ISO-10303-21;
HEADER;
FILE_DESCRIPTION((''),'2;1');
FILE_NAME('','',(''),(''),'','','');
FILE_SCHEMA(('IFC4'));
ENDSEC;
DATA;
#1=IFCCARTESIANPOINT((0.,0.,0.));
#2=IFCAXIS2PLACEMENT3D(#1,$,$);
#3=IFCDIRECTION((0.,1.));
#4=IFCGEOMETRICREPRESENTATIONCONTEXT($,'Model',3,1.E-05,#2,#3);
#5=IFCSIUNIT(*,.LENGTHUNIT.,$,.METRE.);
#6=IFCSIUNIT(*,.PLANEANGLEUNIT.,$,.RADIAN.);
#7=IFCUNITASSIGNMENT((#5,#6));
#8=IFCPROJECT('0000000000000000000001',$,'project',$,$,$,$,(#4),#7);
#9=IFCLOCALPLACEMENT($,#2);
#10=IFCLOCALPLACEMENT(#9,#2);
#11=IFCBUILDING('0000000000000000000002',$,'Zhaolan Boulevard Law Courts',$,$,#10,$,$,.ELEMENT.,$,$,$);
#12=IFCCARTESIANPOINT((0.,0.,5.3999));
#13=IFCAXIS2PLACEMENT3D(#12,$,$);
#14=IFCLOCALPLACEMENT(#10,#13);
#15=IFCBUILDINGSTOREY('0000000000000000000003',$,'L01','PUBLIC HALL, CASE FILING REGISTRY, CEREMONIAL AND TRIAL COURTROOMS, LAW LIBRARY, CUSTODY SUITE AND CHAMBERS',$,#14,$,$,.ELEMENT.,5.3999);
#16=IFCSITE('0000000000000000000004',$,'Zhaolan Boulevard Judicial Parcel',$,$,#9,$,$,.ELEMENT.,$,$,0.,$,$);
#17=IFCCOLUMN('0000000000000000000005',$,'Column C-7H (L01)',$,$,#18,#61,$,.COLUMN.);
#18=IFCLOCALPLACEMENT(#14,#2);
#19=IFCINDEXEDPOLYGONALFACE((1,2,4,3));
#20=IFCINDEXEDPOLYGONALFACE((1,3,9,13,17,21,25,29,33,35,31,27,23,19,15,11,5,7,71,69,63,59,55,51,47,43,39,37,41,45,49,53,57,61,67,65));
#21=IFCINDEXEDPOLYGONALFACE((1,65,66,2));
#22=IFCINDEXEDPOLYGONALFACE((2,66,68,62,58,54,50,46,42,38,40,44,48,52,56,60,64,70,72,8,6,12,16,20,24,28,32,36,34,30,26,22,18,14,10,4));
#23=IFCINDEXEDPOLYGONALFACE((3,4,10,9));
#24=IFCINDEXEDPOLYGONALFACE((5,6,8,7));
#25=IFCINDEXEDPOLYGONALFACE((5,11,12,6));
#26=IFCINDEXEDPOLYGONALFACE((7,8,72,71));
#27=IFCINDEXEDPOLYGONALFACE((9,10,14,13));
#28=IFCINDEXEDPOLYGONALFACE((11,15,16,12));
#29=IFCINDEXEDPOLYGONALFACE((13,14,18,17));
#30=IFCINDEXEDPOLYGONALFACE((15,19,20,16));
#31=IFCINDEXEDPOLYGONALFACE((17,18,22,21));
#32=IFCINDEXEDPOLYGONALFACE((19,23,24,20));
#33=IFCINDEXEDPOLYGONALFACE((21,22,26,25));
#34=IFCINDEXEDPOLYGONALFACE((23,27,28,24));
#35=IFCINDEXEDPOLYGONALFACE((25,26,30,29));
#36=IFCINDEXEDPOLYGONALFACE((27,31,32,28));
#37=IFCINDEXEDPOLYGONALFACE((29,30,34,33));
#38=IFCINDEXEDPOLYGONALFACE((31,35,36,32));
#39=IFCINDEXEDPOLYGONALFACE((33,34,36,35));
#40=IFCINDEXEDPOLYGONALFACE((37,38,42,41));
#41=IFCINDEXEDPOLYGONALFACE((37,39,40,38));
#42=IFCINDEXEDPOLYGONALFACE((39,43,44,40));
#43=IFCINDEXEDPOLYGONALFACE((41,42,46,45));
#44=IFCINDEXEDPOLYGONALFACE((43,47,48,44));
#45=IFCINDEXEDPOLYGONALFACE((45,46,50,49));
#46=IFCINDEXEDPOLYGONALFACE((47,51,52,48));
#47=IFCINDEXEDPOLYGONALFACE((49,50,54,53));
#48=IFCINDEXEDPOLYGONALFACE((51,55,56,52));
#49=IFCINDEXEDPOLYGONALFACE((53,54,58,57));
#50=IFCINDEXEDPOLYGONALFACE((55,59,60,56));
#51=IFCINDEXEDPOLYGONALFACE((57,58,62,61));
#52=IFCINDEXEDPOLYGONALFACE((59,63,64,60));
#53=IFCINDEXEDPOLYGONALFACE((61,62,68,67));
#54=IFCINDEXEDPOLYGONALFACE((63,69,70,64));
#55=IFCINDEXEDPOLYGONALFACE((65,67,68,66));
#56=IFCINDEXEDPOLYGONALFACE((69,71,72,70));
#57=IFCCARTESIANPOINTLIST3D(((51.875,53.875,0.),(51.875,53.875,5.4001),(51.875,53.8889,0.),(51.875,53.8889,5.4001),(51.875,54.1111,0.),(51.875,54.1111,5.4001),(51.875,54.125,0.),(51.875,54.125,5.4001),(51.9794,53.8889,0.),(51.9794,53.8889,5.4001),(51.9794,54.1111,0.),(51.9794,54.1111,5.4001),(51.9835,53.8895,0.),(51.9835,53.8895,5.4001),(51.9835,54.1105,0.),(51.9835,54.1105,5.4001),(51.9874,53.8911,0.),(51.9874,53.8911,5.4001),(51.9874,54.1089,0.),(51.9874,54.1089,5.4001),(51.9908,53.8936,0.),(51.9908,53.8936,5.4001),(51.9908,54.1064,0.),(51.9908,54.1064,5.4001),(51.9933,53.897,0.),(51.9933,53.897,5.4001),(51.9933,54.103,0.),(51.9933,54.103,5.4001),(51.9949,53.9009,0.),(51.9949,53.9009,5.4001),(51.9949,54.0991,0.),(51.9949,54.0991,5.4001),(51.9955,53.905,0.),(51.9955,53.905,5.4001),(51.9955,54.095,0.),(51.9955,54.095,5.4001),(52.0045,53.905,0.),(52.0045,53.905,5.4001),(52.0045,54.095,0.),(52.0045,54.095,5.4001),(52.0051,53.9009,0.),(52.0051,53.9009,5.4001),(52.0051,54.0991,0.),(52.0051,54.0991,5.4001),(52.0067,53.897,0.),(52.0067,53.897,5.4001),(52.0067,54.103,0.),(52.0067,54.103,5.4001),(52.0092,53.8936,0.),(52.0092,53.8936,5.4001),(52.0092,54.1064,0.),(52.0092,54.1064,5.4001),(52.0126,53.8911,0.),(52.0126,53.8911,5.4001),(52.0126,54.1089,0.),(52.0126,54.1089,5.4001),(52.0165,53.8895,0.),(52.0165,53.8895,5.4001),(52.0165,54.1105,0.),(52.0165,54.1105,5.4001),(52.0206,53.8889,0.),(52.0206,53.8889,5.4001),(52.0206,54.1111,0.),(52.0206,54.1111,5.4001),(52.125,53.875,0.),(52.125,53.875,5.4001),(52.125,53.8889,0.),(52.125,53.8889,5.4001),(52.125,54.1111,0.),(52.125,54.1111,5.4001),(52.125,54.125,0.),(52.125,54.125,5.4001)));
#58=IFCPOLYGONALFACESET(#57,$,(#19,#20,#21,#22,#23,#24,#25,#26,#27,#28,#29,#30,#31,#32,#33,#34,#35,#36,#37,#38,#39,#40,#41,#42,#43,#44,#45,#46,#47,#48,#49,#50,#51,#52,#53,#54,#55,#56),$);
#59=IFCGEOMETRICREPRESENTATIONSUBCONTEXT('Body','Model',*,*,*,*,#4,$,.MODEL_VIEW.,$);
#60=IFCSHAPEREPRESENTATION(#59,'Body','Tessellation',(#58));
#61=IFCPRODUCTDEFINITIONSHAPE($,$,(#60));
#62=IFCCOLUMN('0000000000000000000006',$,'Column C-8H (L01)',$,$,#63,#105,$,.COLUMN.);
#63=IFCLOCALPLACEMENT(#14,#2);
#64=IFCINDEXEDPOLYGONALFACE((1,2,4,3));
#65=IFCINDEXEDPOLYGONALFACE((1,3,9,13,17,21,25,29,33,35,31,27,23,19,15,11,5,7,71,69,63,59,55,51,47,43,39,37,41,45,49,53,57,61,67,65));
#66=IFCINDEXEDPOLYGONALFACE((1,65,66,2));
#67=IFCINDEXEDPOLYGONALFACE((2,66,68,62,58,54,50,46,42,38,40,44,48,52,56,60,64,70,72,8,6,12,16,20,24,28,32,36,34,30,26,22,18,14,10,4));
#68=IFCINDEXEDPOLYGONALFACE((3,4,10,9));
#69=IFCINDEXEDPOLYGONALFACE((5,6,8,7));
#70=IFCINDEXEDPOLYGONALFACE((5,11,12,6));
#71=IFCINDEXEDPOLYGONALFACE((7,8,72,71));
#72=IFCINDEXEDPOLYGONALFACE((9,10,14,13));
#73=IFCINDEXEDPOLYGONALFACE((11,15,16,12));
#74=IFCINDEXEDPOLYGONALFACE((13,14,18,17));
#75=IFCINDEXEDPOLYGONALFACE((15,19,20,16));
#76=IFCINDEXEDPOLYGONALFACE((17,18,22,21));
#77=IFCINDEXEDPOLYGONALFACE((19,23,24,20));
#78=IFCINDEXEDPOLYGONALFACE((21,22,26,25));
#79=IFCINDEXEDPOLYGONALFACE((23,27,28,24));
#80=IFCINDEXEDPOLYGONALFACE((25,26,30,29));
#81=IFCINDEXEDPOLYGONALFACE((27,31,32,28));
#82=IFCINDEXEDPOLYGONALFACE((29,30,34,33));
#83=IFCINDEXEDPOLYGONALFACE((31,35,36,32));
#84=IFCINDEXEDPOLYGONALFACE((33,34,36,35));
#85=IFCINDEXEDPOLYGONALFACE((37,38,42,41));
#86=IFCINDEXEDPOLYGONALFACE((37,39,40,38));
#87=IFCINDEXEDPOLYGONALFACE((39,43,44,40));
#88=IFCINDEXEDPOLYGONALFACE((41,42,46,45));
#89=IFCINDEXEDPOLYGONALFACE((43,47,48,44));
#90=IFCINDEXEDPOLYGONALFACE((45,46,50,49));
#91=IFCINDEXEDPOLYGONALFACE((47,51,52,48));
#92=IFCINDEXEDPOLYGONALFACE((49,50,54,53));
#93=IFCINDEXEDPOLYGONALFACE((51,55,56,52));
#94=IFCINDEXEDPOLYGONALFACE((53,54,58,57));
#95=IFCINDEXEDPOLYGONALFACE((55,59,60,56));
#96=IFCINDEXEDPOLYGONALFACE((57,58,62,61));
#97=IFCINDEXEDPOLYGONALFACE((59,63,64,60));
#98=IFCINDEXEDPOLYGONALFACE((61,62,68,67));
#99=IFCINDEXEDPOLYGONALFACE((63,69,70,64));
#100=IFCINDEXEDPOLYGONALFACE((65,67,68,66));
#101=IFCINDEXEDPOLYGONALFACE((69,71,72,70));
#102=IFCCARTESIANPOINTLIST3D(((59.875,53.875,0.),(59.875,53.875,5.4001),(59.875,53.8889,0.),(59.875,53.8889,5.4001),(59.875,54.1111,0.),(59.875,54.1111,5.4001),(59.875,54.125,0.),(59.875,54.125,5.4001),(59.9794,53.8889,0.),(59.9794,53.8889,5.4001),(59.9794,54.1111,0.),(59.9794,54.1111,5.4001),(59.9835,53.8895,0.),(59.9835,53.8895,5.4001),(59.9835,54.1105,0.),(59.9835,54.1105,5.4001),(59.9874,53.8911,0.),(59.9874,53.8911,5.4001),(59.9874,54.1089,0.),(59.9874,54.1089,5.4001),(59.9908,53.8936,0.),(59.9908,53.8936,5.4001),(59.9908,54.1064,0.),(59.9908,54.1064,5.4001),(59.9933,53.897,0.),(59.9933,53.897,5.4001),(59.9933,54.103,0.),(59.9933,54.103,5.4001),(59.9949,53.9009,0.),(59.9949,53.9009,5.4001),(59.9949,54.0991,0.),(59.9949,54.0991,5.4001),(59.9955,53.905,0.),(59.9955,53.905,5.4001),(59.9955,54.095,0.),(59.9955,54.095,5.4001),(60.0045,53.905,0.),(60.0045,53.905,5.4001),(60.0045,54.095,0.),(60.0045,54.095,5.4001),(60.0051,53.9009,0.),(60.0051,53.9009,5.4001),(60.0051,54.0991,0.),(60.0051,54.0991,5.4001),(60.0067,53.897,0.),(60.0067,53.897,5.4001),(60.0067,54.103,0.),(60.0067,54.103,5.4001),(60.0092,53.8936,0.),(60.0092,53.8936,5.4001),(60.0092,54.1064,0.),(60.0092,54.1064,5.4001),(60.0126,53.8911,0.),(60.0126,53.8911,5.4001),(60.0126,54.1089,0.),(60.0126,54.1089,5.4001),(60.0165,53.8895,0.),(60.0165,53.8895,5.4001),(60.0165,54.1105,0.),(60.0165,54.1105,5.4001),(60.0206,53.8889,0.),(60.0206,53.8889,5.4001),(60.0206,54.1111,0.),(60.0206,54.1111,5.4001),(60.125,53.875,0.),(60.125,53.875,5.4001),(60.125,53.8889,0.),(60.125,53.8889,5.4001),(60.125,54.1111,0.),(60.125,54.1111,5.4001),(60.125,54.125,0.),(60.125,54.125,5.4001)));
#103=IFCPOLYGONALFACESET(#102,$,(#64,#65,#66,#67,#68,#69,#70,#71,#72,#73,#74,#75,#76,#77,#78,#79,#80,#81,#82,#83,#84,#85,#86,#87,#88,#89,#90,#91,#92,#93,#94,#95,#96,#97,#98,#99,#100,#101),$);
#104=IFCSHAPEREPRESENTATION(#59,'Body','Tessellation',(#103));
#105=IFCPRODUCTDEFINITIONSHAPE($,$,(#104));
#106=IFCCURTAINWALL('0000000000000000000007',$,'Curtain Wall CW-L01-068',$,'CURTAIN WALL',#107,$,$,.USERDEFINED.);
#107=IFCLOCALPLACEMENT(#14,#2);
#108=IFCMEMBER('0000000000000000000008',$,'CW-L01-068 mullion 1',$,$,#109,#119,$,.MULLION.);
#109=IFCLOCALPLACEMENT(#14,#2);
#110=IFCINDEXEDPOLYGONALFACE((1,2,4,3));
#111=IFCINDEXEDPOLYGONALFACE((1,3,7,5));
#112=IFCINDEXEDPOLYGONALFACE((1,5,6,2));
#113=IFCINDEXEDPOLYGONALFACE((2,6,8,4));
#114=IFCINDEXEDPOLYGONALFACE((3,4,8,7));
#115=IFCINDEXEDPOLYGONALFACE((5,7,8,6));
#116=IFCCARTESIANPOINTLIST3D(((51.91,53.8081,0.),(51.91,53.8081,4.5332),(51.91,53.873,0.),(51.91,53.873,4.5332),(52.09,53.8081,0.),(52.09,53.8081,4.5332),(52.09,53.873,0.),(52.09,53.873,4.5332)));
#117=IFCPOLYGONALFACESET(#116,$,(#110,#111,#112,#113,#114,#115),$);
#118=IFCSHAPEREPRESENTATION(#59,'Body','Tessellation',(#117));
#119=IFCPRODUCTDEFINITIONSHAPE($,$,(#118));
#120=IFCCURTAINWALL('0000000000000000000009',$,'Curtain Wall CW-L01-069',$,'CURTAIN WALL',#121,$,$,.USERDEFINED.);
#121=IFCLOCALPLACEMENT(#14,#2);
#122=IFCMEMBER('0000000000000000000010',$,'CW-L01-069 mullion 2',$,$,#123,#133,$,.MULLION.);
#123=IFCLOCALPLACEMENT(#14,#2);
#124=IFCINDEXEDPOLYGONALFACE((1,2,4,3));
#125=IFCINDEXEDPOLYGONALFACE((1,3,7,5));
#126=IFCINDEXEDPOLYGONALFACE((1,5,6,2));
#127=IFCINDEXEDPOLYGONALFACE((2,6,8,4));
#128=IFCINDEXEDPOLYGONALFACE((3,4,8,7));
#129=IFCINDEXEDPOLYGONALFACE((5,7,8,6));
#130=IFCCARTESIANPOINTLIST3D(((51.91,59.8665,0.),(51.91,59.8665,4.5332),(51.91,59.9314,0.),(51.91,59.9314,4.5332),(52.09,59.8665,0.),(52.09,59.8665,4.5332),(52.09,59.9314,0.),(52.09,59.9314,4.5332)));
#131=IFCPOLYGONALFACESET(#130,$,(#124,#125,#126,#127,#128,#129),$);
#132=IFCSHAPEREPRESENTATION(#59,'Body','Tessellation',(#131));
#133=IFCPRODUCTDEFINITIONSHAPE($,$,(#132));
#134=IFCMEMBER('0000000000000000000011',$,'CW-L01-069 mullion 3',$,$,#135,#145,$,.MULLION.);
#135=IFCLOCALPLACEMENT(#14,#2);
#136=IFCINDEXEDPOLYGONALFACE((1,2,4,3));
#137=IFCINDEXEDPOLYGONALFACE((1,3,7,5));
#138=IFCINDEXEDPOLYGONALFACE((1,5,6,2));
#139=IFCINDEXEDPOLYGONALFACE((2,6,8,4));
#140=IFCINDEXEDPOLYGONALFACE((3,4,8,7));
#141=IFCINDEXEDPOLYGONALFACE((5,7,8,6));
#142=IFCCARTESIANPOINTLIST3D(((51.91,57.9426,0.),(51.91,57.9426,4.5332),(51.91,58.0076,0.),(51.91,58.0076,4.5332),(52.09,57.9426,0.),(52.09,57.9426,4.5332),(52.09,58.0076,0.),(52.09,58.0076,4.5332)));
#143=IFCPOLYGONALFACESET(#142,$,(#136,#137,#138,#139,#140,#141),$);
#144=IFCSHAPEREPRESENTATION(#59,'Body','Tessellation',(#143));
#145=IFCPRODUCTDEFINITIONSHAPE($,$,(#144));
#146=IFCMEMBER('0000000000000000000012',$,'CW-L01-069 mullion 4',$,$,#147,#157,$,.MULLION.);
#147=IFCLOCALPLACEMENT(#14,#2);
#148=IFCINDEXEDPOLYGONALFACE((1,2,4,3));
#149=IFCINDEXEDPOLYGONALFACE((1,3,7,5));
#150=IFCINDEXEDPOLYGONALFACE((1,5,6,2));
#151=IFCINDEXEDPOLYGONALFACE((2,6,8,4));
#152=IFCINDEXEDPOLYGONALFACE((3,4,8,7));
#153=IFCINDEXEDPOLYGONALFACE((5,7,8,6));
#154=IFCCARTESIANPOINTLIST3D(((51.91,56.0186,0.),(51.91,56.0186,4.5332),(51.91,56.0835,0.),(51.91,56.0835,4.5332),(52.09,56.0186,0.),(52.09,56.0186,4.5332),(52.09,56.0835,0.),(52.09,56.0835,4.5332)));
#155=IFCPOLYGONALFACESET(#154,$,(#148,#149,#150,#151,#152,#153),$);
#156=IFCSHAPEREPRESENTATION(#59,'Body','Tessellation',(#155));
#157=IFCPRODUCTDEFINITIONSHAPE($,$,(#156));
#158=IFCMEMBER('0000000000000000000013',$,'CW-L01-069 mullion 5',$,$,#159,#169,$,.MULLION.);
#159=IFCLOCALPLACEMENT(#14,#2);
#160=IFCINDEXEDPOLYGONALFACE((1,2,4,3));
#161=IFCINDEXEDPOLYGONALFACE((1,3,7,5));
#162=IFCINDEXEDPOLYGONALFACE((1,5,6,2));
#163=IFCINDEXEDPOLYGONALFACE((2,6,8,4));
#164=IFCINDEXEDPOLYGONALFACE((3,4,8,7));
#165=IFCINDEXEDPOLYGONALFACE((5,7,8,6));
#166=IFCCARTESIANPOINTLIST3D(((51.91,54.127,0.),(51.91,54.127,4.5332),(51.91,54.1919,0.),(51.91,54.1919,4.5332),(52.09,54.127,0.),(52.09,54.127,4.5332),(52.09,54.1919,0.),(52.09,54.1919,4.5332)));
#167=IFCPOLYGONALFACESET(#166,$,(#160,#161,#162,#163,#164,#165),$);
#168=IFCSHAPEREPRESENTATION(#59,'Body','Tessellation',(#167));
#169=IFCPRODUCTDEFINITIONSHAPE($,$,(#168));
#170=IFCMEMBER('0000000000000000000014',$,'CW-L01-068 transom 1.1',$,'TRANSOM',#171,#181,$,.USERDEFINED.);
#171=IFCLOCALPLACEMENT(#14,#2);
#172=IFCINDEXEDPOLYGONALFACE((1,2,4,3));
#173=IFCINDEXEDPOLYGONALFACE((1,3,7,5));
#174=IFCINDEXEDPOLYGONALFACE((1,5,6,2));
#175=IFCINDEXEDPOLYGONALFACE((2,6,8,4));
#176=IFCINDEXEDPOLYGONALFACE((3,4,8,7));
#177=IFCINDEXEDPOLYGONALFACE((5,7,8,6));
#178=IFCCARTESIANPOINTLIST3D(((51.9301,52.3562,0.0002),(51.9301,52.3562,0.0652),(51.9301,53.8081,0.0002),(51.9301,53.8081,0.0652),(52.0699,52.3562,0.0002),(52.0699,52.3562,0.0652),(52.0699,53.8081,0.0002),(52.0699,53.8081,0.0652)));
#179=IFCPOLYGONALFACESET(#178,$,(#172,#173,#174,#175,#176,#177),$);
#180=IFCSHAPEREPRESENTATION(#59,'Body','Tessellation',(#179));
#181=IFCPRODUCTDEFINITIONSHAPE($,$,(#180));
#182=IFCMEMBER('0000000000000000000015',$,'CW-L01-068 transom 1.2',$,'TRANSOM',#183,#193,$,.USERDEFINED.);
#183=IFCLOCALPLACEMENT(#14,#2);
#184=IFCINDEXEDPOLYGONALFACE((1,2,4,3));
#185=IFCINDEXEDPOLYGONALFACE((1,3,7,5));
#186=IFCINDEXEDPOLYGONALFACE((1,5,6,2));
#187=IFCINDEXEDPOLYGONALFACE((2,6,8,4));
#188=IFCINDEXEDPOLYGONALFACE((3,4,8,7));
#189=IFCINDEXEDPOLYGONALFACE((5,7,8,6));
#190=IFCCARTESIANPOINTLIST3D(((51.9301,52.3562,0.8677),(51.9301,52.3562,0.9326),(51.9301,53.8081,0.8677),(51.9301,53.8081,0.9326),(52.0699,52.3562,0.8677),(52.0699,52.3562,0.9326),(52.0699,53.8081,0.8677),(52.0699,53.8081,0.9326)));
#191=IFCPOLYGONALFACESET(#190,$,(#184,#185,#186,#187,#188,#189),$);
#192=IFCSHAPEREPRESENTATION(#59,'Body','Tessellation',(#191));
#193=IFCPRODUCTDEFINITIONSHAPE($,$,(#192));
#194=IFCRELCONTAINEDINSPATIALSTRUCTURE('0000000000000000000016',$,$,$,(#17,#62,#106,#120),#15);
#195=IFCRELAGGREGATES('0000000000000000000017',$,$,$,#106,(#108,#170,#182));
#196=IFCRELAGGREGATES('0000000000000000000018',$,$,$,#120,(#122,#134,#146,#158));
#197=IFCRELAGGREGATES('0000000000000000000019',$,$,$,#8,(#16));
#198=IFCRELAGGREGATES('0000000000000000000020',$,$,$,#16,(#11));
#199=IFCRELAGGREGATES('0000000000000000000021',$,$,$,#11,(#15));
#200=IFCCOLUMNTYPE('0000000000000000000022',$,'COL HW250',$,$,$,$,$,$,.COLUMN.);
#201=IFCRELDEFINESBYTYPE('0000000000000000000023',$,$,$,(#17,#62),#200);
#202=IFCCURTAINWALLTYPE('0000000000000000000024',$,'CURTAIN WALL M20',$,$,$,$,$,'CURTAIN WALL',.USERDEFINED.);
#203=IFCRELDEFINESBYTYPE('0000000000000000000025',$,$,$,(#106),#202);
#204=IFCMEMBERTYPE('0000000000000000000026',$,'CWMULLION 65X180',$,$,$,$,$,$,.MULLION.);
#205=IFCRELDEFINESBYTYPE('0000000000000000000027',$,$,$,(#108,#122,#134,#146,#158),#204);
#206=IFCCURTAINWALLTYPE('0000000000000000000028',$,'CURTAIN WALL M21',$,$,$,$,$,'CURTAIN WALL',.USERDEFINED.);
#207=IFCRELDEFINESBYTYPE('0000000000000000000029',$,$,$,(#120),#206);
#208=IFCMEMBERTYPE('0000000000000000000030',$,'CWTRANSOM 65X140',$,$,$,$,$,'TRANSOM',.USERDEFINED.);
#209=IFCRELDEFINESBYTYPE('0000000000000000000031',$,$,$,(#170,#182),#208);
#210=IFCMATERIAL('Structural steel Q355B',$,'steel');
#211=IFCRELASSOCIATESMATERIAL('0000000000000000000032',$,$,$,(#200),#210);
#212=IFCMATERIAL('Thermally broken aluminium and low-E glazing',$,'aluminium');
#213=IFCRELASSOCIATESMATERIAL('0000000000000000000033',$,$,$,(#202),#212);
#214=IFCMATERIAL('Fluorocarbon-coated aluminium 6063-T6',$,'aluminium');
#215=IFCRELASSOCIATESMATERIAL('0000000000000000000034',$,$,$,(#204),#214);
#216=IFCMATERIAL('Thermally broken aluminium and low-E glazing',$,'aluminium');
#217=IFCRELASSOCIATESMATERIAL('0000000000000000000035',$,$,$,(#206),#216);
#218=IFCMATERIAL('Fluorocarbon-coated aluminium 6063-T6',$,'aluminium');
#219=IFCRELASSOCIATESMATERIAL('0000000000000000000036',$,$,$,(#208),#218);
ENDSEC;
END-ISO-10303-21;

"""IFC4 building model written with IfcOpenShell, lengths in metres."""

from ifc_helpers import new_model, si_unit, direction, frame, origin, origin_2d, place, context, subcontext, project, spatial, rectangle, i_section, extrude, material, material_profile, profile_set, type_object, element, aggregate, save


model = new_model("IFC4")

# Units and contexts
model_context = context("Model", 3, precision=1e-05, world=origin(), true_north=direction((0.0, 1.0)))
body_context = subcontext(model_context, "Body", "Model", "MODEL_VIEW")
ifc_project = project(units=[si_unit("LENGTHUNIT", "METRE"), si_unit("PLANEANGLEUNIT", "RADIAN")], contexts=[model_context])

# Site, building, storey
site_placement = place(None, origin())
site = spatial("IfcSite", under=ifc_project, at=site_placement, Name="Zhaolan Boulevard Judicial Parcel", CompositionType="ELEMENT", RefElevation=0.0)
building_placement = place(site_placement, origin())
building = spatial("IfcBuilding", under=site, at=building_placement, Name="Zhaolan Boulevard Law Courts", CompositionType="ELEMENT")
storey_placement = place(building_placement, frame((0.0, 0.0, 5.3999)))
storey = spatial("IfcBuildingStorey", under=building, at=storey_placement, Name="L01", Description="PUBLIC HALL, CASE FILING REGISTRY, CEREMONIAL AND TRIAL COURTROOMS, LAW LIBRARY, CUSTODY SUITE AND CHAMBERS", CompositionType="ELEMENT", Elevation=5.3999)

# Columns
ifc_material_1 = material(Name="Structural steel Q355B", Category="steel")
ifc_material_profile_1 = material_profile(ifc_material_1, i_section(OverallWidth=0.25, OverallDepth=0.25, WebThickness=0.009, FlangeThickness=0.0139, FilletRadius=0.0161, at=origin_2d()), Name="HW250x250")
ifc_profile_set_1 = profile_set([ifc_material_profile_1], Name="Structural steel Q355B")
column_type = type_object("IfcColumnType", Name="COL HW250", PredefinedType="COLUMN", material=ifc_profile_set_1)
for number, where, z_axis, x_axis, name in (
    (1, (52.0, 54.0, 0.0), (0.0, 0.0, 1.0), (1.0, 0.0, 0.0), "Column C-7H (L01)"),
    (2, (60.0, 54.0, 0.0), (0.0, 0.0, 1.0), (1.0, 0.0, 0.0), "Column C-8H (L01)"),
):
    element("IfcColumn", number, at=place(storey_placement, frame(where, z_axis=z_axis, x_axis=x_axis)), inside=storey, type_object=column_type, Name=name, PredefinedType="COLUMN", context=body_context, shape_type="SweptSolid", body=[
        extrude(i_section(OverallWidth=0.25, OverallDepth=0.25, WebThickness=0.009, FlangeThickness=0.0139, FilletRadius=0.0161, at=origin_2d()), origin(), (0.0, 0.0, 1.0), 5.4001),
    ])

# Curtain wall, member
ifc_material_2 = material(Name="Thermally broken aluminium and low-E glazing", Category="aluminium")
curtain_wall_type_1 = type_object("IfcCurtainWallType", Name="CURTAIN WALL M20", ElementType="CURTAIN WALL", PredefinedType="USERDEFINED", material=ifc_material_2)
curtain_wall_1_placement = place(storey_placement, origin())
curtain_wall_1 = element("IfcCurtainWall", 3, at=curtain_wall_1_placement, inside=storey, type_object=curtain_wall_type_1, Name="Curtain Wall CW-L01-068", ObjectType="CURTAIN WALL", PredefinedType="USERDEFINED")
ifc_material_3 = material(Name="Fluorocarbon-coated aluminium 6063-T6", Category="aluminium")
ifc_material_profile_2 = material_profile(ifc_material_3, rectangle(XDim=0.1799, YDim=0.0649, at=origin_2d()), Name="AL65x180")
ifc_profile_set_2 = profile_set([ifc_material_profile_2], Name="Fluorocarbon-coated aluminium 6063-T6")
member_type_1 = type_object("IfcMemberType", Name="CWMULLION 65X180", PredefinedType="MULLION", material=ifc_profile_set_2)
member_1_placement = place(storey_placement, frame((52.0, 53.8406, 0.0), z_axis=(0.0, 0.0, 1.0), x_axis=(1.0, 0.0, 0.0)))
member_1 = element("IfcMember", 4, at=member_1_placement, type_object=member_type_1, Name="CW-L01-068 mullion 1", PredefinedType="MULLION", context=body_context, shape_type="SweptSolid", body=[
    extrude(rectangle(XDim=0.1799, YDim=0.0649, at=origin_2d()), origin(), (0.0, 0.0, 1.0), 4.5332),
])

# Curtain wall, members
ifc_material_4 = material(Name="Thermally broken aluminium and low-E glazing", Category="aluminium")
curtain_wall_type_2 = type_object("IfcCurtainWallType", Name="CURTAIN WALL M21", ElementType="CURTAIN WALL", PredefinedType="USERDEFINED", material=ifc_material_4)
curtain_wall_2_placement = place(storey_placement, origin())
curtain_wall_2 = element("IfcCurtainWall", 5, at=curtain_wall_2_placement, inside=storey, type_object=curtain_wall_type_2, Name="Curtain Wall CW-L01-069", ObjectType="CURTAIN WALL", PredefinedType="USERDEFINED")
member_2_placement = place(storey_placement, frame((52.0, 59.8989, 0.0), z_axis=(0.0, 0.0, 1.0), x_axis=(1.0, 0.0, 0.0)))
member_2 = element("IfcMember", 6, at=member_2_placement, type_object=member_type_1, Name="CW-L01-069 mullion 2", PredefinedType="MULLION", context=body_context, shape_type="SweptSolid", body=[
    extrude(rectangle(XDim=0.1799, YDim=0.0649, at=origin_2d()), origin(), (0.0, 0.0, 1.0), 4.5332),
])
member_3_placement = place(storey_placement, frame((52.0, 57.9751, 0.0), z_axis=(0.0, 0.0, 1.0), x_axis=(1.0, 0.0, 0.0)))
member_3 = element("IfcMember", 7, at=member_3_placement, type_object=member_type_1, Name="CW-L01-069 mullion 3", PredefinedType="MULLION", context=body_context, shape_type="SweptSolid", body=[
    extrude(rectangle(XDim=0.1799, YDim=0.0649, at=origin_2d()), origin(), (0.0, 0.0, 1.0), 4.5332),
])
member_4_placement = place(storey_placement, frame((52.0, 56.051, 0.0), z_axis=(0.0, 0.0, 1.0), x_axis=(1.0, 0.0, 0.0)))
member_4 = element("IfcMember", 8, at=member_4_placement, type_object=member_type_1, Name="CW-L01-069 mullion 4", PredefinedType="MULLION", context=body_context, shape_type="SweptSolid", body=[
    extrude(rectangle(XDim=0.1799, YDim=0.0649, at=origin_2d()), origin(), (0.0, 0.0, 1.0), 4.5332),
])
member_5_placement = place(storey_placement, frame((52.0, 54.1594, 0.0), z_axis=(0.0, 0.0, 1.0), x_axis=(1.0, 0.0, 0.0)))
member_5 = element("IfcMember", 9, at=member_5_placement, type_object=member_type_1, Name="CW-L01-069 mullion 5", PredefinedType="MULLION", context=body_context, shape_type="SweptSolid", body=[
    extrude(rectangle(XDim=0.1799, YDim=0.0649, at=origin_2d()), origin(), (0.0, 0.0, 1.0), 4.5332),
])

# Members
ifc_material_5 = material(Name="Fluorocarbon-coated aluminium 6063-T6", Category="aluminium")
ifc_material_profile_3 = material_profile(ifc_material_5, rectangle(XDim=0.1399, YDim=0.0649, at=origin_2d()), Name="AL65x140")
ifc_profile_set_3 = profile_set([ifc_material_profile_3], Name="Fluorocarbon-coated aluminium 6063-T6")
member_type_2 = type_object("IfcMemberType", Name="CWTRANSOM 65X140", ElementType="TRANSOM", PredefinedType="USERDEFINED", material=ifc_profile_set_3)
member_6_placement = place(storey_placement, frame((52.0, 53.8081, 0.0327), z_axis=(0.0, -1.0, 0.0), x_axis=(1.0, 0.0, 0.0)))
member_6 = element("IfcMember", 10, at=member_6_placement, type_object=member_type_2, Name="CW-L01-068 transom 1.1", ObjectType="TRANSOM", PredefinedType="USERDEFINED", context=body_context, shape_type="SweptSolid", body=[
    extrude(rectangle(XDim=0.1399, YDim=0.0649, at=origin_2d()), origin(), (0.0, 0.0, 1.0), 1.4519),
])
member_7_placement = place(storey_placement, frame((52.0, 53.8081, 0.9001), z_axis=(0.0, -1.0, 0.0), x_axis=(1.0, 0.0, 0.0)))
member_7 = element("IfcMember", 11, at=member_7_placement, type_object=member_type_2, Name="CW-L01-068 transom 1.2", ObjectType="TRANSOM", PredefinedType="USERDEFINED", context=body_context, shape_type="SweptSolid", body=[
    extrude(rectangle(XDim=0.1399, YDim=0.0649, at=origin_2d()), origin(), (0.0, 0.0, 1.0), 1.4519),
])

aggregate(curtain_wall_1, [member_1, member_6, member_7])
aggregate(curtain_wall_2, [member_2, member_3, member_4, member_5])

save(model, "model.ifc")
